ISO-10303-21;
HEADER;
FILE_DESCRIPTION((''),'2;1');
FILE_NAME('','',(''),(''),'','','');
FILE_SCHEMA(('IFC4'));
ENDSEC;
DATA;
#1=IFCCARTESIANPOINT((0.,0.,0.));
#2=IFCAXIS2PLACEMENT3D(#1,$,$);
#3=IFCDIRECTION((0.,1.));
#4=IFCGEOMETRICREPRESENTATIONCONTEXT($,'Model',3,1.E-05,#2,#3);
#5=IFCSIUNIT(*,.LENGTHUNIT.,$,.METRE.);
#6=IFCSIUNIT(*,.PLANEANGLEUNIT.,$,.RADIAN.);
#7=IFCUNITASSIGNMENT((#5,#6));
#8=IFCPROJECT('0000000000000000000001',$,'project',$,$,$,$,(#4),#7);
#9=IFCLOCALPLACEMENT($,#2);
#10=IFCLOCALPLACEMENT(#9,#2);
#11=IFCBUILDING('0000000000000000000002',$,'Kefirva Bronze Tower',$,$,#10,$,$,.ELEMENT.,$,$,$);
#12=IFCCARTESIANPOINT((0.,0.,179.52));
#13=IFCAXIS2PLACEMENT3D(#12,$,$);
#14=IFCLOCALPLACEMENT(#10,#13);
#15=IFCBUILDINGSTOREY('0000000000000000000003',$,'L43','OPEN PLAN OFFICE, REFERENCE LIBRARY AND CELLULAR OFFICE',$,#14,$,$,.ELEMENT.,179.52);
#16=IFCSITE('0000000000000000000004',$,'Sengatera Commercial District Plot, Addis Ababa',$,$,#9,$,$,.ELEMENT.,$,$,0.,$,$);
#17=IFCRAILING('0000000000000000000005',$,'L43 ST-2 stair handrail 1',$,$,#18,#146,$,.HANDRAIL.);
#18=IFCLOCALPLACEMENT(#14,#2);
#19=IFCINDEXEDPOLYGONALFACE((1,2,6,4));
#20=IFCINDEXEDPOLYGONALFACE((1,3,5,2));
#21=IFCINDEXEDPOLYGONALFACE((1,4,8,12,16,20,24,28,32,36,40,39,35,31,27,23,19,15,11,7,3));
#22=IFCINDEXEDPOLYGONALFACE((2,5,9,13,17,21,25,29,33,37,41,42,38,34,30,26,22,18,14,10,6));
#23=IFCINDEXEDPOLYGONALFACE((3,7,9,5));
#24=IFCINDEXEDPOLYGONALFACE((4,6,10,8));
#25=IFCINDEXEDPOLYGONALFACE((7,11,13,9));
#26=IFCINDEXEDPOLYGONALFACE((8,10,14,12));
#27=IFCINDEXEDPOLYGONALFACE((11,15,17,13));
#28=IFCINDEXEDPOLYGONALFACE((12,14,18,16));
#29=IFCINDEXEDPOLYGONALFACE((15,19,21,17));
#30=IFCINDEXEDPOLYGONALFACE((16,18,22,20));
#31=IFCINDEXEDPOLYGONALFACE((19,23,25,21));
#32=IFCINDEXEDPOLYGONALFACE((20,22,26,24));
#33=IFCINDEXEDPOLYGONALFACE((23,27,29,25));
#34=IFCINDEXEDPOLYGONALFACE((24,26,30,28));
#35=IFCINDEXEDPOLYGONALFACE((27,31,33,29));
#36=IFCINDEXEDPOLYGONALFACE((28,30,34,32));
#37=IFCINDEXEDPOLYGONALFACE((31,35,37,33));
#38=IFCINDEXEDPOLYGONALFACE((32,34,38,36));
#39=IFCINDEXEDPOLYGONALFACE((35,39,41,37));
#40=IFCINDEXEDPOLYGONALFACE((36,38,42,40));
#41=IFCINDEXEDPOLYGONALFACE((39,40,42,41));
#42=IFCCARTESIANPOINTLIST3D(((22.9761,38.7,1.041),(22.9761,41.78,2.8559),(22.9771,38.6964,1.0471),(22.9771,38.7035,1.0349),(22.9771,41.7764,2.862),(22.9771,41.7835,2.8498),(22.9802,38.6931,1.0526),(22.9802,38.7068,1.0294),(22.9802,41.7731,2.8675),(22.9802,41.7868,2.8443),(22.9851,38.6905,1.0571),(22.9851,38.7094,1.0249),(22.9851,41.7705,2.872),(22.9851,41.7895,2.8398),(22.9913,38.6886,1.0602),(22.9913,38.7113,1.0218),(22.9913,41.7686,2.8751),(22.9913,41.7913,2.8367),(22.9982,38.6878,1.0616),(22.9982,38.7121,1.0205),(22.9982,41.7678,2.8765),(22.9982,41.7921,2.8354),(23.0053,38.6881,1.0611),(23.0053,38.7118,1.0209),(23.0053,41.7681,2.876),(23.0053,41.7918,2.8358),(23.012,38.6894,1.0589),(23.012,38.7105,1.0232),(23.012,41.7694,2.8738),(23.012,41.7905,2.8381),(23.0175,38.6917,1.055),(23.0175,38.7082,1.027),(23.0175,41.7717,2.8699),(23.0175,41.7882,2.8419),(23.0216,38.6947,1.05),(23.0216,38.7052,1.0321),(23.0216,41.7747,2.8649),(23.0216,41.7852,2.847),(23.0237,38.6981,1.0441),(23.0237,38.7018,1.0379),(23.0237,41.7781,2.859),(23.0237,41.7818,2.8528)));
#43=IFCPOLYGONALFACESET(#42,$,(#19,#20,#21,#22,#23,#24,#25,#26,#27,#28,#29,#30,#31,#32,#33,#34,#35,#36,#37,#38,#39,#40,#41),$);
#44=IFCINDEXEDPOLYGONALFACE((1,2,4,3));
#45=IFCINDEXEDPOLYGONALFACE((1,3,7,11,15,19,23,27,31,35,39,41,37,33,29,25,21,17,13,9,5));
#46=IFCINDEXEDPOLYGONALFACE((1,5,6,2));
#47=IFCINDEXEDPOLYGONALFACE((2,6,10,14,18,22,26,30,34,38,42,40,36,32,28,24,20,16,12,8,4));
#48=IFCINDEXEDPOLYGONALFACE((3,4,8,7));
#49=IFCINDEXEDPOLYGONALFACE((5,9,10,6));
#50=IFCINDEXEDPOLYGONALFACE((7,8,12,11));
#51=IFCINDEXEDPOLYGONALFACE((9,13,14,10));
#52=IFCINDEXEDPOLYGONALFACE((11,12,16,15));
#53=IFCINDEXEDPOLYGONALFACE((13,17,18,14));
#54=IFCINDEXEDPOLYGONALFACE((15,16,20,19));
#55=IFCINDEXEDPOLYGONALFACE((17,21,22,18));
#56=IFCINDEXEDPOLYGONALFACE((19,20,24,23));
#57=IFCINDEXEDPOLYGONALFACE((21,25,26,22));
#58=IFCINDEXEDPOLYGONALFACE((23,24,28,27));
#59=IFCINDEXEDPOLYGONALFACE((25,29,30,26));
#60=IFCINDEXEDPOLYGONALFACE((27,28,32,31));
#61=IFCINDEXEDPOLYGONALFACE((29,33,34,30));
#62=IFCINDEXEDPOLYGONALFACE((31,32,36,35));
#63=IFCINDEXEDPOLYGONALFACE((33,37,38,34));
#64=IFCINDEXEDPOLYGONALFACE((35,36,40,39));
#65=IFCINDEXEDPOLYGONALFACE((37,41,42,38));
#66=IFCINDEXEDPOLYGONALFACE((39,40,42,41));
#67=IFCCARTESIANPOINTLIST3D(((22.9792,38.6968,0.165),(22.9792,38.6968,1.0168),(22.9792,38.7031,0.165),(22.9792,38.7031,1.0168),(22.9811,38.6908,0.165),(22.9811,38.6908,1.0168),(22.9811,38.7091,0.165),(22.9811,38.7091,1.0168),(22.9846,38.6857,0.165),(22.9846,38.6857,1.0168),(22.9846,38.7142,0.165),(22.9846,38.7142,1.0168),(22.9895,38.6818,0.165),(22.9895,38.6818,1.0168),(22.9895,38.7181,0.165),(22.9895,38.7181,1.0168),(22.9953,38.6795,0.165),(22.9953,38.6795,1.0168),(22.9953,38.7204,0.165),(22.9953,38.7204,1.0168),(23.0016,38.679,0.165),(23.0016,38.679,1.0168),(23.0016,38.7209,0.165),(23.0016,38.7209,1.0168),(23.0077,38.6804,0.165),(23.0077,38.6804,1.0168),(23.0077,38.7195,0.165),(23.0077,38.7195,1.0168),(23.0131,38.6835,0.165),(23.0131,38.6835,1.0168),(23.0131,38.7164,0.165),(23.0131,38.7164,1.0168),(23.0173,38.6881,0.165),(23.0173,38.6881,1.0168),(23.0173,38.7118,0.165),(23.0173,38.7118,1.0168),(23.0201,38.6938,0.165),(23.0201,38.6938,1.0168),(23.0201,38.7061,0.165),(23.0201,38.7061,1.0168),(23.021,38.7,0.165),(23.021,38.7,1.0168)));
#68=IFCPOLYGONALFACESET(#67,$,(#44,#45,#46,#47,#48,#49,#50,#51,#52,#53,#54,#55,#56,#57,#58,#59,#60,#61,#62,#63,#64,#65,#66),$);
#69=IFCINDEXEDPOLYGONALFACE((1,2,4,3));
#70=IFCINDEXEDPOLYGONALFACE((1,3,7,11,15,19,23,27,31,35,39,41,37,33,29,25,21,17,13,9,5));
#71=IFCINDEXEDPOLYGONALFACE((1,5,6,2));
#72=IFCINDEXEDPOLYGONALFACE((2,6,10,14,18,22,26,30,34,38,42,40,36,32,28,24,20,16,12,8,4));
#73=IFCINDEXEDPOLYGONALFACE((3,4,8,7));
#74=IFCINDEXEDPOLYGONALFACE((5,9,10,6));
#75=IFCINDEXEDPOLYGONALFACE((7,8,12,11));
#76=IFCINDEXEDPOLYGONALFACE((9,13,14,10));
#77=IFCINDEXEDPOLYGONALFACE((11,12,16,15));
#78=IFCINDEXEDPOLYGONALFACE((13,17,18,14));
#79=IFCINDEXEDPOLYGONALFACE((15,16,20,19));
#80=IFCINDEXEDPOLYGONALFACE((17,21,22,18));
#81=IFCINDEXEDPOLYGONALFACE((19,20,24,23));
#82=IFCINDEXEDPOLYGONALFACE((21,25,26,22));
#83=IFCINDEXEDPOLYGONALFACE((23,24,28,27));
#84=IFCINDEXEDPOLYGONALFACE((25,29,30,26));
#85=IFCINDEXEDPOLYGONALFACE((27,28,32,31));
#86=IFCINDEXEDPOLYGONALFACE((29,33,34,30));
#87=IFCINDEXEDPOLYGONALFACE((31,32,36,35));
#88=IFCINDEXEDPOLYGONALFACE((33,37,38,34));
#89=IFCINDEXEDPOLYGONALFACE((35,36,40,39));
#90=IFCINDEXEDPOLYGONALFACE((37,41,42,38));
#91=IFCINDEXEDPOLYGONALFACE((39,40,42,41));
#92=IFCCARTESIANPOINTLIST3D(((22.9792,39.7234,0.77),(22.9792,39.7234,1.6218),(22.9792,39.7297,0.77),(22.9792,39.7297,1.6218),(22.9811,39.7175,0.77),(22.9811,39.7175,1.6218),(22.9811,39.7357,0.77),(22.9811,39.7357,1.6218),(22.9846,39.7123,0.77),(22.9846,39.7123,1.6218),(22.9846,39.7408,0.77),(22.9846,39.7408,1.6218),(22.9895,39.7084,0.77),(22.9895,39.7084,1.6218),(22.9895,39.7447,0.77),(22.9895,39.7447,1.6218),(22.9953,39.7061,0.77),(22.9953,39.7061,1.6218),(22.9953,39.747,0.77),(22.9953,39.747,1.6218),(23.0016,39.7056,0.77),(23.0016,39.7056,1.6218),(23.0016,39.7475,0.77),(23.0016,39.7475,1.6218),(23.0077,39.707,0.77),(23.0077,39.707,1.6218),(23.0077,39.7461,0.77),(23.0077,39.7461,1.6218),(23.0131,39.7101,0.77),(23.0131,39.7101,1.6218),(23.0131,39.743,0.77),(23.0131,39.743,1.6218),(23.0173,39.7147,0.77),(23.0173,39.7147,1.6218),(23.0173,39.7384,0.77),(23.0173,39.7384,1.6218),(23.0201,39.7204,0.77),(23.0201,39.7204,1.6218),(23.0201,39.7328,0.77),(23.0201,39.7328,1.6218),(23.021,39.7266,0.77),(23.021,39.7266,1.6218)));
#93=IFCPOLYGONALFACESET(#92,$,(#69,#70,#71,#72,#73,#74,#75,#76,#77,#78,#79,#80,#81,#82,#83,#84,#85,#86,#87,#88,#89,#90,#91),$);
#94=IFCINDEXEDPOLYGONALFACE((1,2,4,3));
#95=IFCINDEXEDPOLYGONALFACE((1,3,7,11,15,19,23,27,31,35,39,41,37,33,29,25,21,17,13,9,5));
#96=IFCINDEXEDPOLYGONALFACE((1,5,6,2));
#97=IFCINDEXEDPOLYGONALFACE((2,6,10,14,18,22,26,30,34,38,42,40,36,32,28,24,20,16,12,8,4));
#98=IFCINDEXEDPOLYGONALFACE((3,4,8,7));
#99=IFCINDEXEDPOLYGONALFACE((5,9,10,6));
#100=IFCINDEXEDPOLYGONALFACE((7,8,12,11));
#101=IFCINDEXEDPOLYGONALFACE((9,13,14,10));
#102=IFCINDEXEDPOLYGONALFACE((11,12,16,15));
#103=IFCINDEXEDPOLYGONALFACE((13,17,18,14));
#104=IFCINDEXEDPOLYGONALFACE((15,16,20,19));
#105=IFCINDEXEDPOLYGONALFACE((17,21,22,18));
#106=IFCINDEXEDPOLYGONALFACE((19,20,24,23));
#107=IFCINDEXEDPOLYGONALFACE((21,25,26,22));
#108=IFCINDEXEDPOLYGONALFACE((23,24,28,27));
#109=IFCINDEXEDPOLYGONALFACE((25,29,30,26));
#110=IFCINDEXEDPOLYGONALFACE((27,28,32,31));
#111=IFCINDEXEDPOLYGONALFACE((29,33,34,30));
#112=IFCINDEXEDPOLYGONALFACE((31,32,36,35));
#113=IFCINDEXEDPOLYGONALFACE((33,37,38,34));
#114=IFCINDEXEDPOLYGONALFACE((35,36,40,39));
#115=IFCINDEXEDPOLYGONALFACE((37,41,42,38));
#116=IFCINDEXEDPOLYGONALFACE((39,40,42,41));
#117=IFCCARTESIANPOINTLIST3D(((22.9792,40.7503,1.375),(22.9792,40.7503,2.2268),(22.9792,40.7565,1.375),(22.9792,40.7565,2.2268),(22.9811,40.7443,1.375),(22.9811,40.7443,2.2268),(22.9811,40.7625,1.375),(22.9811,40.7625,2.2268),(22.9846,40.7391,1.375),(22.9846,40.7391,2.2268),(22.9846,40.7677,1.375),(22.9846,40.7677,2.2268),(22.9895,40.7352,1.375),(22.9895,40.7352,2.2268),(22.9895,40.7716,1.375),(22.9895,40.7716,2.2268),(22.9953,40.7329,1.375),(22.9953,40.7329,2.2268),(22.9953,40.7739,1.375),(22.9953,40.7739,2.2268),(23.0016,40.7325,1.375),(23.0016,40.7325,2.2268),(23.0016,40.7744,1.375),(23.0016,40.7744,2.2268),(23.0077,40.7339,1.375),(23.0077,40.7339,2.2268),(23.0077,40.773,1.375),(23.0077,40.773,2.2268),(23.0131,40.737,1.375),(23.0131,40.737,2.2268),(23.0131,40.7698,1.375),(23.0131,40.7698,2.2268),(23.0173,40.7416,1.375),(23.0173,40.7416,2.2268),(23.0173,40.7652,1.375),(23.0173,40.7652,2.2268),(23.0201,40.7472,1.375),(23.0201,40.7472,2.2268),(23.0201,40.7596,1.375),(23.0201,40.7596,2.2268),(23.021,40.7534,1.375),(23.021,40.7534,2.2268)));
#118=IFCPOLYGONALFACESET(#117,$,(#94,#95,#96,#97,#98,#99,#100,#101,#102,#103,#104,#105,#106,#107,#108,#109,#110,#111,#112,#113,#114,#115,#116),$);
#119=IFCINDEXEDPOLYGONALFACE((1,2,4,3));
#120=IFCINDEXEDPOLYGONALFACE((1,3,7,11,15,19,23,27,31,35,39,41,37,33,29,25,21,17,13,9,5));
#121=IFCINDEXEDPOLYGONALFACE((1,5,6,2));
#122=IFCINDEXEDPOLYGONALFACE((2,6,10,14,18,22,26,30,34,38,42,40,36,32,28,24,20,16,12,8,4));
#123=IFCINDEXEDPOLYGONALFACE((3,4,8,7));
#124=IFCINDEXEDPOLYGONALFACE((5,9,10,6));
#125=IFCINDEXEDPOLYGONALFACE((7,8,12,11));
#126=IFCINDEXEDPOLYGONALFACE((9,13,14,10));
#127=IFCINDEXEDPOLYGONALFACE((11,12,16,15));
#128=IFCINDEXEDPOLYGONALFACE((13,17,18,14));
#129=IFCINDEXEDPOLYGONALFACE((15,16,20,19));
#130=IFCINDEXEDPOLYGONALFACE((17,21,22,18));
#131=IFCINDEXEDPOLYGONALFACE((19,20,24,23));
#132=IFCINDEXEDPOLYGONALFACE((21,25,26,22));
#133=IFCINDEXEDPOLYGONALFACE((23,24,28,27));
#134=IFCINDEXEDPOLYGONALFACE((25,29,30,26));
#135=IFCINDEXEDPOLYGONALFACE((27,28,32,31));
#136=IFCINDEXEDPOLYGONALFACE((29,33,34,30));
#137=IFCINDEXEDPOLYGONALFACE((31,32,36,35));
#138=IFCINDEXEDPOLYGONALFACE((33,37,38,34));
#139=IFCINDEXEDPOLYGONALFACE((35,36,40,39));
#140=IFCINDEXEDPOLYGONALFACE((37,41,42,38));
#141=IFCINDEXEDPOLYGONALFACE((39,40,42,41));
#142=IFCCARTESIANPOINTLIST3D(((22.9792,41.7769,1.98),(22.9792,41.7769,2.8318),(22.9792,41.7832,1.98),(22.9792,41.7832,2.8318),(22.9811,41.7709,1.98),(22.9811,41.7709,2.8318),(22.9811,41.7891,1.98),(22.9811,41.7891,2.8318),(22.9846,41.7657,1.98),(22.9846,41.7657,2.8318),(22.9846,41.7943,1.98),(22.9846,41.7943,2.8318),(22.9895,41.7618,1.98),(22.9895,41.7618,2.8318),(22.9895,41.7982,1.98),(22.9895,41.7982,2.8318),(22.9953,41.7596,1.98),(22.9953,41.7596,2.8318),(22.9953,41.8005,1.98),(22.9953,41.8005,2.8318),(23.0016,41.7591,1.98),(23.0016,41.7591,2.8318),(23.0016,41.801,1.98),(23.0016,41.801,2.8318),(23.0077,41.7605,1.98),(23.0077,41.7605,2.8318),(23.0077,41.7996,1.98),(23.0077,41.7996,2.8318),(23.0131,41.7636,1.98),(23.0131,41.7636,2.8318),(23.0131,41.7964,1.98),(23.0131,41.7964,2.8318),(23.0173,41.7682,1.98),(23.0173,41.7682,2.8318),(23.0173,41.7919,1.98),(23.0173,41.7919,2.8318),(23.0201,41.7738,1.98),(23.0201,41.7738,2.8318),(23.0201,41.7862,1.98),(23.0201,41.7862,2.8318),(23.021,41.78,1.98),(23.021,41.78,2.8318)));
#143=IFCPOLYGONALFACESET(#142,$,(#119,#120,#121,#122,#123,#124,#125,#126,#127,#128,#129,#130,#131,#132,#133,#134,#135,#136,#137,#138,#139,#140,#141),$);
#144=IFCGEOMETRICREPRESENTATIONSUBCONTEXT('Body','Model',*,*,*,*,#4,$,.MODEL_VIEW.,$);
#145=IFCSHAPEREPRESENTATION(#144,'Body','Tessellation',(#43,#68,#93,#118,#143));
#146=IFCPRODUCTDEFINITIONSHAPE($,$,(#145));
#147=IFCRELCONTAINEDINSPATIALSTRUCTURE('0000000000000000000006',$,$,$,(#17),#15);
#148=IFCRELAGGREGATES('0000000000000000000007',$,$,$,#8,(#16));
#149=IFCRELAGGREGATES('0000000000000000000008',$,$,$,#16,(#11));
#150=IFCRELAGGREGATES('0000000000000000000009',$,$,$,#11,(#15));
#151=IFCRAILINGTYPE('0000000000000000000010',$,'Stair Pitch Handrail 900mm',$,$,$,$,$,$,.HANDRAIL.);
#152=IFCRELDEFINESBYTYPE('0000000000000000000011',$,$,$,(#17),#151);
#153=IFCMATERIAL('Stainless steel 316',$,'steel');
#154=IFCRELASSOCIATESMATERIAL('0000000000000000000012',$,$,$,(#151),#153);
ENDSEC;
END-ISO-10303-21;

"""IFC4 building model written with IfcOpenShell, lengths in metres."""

from ifc_helpers import new_model, si_unit, direction, frame, origin, origin_2d, place, context, subcontext, project, spatial, circle, extrude, material, type_object, element, save


model = new_model("IFC4")

# Units and contexts
model_context = context("Model", 3, precision=1e-05, world=origin(), true_north=direction((0.0, 1.0)))
body_context = subcontext(model_context, "Body", "Model", "MODEL_VIEW")
ifc_project = project(units=[si_unit("LENGTHUNIT", "METRE"), si_unit("PLANEANGLEUNIT", "RADIAN")], contexts=[model_context])

# Site, building, storey
site_placement = place(None, origin())
site = spatial("IfcSite", under=ifc_project, at=site_placement, Name="Sengatera Commercial District Plot, Addis Ababa", CompositionType="ELEMENT", RefElevation=0.0)
building_placement = place(site_placement, origin())
building = spatial("IfcBuilding", under=site, at=building_placement, Name="Kefirva Bronze Tower", CompositionType="ELEMENT")
storey_placement = place(building_placement, frame((0.0, 0.0, 179.52)))
storey = spatial("IfcBuildingStorey", under=building, at=storey_placement, Name="L43", Description="OPEN PLAN OFFICE, REFERENCE LIBRARY AND CELLULAR OFFICE", CompositionType="ELEMENT", Elevation=179.52)

# Railing
ifc_material_1 = material(Name="Stainless steel 316", Category="steel")
railing_type_1 = type_object("IfcRailingType", Name="Stair Pitch Handrail 900mm", PredefinedType="HANDRAIL", material=ifc_material_1)
railing_1_placement = place(storey_placement, frame((23.0, 38.7, 0.165)))
element("IfcRailing", 1, at=railing_1_placement, inside=storey, type_object=railing_type_1, Name="L43 ST-2 stair handrail 1", PredefinedType="HANDRAIL", context=body_context, shape_type="SweptSolid", body=[
    extrude(circle(Radius=0.0239, at=origin_2d()), frame((0.0, 0.0, 0.876), z_axis=(0.0, 0.861551, 0.507671), x_axis=(-1.0, 0.0, 0.0)), (0.0, 0.0, 1.0), 3.575),
    extrude(circle(Radius=0.021, at=origin_2d()), origin(), (0.0, 0.0, 1.0), 0.8518),
    extrude(circle(Radius=0.021, at=origin_2d()), frame((0.0, 1.0266, 0.605)), (0.0, 0.0, 1.0), 0.8518),
    extrude(circle(Radius=0.021, at=origin_2d()), frame((0.0, 2.0535, 1.21)), (0.0, 0.0, 1.0), 0.8518),
    extrude(circle(Radius=0.021, at=origin_2d()), frame((0.0, 3.0801, 1.8149)), (0.0, 0.0, 1.0), 0.8518),
])

save(model, "model.ifc")
